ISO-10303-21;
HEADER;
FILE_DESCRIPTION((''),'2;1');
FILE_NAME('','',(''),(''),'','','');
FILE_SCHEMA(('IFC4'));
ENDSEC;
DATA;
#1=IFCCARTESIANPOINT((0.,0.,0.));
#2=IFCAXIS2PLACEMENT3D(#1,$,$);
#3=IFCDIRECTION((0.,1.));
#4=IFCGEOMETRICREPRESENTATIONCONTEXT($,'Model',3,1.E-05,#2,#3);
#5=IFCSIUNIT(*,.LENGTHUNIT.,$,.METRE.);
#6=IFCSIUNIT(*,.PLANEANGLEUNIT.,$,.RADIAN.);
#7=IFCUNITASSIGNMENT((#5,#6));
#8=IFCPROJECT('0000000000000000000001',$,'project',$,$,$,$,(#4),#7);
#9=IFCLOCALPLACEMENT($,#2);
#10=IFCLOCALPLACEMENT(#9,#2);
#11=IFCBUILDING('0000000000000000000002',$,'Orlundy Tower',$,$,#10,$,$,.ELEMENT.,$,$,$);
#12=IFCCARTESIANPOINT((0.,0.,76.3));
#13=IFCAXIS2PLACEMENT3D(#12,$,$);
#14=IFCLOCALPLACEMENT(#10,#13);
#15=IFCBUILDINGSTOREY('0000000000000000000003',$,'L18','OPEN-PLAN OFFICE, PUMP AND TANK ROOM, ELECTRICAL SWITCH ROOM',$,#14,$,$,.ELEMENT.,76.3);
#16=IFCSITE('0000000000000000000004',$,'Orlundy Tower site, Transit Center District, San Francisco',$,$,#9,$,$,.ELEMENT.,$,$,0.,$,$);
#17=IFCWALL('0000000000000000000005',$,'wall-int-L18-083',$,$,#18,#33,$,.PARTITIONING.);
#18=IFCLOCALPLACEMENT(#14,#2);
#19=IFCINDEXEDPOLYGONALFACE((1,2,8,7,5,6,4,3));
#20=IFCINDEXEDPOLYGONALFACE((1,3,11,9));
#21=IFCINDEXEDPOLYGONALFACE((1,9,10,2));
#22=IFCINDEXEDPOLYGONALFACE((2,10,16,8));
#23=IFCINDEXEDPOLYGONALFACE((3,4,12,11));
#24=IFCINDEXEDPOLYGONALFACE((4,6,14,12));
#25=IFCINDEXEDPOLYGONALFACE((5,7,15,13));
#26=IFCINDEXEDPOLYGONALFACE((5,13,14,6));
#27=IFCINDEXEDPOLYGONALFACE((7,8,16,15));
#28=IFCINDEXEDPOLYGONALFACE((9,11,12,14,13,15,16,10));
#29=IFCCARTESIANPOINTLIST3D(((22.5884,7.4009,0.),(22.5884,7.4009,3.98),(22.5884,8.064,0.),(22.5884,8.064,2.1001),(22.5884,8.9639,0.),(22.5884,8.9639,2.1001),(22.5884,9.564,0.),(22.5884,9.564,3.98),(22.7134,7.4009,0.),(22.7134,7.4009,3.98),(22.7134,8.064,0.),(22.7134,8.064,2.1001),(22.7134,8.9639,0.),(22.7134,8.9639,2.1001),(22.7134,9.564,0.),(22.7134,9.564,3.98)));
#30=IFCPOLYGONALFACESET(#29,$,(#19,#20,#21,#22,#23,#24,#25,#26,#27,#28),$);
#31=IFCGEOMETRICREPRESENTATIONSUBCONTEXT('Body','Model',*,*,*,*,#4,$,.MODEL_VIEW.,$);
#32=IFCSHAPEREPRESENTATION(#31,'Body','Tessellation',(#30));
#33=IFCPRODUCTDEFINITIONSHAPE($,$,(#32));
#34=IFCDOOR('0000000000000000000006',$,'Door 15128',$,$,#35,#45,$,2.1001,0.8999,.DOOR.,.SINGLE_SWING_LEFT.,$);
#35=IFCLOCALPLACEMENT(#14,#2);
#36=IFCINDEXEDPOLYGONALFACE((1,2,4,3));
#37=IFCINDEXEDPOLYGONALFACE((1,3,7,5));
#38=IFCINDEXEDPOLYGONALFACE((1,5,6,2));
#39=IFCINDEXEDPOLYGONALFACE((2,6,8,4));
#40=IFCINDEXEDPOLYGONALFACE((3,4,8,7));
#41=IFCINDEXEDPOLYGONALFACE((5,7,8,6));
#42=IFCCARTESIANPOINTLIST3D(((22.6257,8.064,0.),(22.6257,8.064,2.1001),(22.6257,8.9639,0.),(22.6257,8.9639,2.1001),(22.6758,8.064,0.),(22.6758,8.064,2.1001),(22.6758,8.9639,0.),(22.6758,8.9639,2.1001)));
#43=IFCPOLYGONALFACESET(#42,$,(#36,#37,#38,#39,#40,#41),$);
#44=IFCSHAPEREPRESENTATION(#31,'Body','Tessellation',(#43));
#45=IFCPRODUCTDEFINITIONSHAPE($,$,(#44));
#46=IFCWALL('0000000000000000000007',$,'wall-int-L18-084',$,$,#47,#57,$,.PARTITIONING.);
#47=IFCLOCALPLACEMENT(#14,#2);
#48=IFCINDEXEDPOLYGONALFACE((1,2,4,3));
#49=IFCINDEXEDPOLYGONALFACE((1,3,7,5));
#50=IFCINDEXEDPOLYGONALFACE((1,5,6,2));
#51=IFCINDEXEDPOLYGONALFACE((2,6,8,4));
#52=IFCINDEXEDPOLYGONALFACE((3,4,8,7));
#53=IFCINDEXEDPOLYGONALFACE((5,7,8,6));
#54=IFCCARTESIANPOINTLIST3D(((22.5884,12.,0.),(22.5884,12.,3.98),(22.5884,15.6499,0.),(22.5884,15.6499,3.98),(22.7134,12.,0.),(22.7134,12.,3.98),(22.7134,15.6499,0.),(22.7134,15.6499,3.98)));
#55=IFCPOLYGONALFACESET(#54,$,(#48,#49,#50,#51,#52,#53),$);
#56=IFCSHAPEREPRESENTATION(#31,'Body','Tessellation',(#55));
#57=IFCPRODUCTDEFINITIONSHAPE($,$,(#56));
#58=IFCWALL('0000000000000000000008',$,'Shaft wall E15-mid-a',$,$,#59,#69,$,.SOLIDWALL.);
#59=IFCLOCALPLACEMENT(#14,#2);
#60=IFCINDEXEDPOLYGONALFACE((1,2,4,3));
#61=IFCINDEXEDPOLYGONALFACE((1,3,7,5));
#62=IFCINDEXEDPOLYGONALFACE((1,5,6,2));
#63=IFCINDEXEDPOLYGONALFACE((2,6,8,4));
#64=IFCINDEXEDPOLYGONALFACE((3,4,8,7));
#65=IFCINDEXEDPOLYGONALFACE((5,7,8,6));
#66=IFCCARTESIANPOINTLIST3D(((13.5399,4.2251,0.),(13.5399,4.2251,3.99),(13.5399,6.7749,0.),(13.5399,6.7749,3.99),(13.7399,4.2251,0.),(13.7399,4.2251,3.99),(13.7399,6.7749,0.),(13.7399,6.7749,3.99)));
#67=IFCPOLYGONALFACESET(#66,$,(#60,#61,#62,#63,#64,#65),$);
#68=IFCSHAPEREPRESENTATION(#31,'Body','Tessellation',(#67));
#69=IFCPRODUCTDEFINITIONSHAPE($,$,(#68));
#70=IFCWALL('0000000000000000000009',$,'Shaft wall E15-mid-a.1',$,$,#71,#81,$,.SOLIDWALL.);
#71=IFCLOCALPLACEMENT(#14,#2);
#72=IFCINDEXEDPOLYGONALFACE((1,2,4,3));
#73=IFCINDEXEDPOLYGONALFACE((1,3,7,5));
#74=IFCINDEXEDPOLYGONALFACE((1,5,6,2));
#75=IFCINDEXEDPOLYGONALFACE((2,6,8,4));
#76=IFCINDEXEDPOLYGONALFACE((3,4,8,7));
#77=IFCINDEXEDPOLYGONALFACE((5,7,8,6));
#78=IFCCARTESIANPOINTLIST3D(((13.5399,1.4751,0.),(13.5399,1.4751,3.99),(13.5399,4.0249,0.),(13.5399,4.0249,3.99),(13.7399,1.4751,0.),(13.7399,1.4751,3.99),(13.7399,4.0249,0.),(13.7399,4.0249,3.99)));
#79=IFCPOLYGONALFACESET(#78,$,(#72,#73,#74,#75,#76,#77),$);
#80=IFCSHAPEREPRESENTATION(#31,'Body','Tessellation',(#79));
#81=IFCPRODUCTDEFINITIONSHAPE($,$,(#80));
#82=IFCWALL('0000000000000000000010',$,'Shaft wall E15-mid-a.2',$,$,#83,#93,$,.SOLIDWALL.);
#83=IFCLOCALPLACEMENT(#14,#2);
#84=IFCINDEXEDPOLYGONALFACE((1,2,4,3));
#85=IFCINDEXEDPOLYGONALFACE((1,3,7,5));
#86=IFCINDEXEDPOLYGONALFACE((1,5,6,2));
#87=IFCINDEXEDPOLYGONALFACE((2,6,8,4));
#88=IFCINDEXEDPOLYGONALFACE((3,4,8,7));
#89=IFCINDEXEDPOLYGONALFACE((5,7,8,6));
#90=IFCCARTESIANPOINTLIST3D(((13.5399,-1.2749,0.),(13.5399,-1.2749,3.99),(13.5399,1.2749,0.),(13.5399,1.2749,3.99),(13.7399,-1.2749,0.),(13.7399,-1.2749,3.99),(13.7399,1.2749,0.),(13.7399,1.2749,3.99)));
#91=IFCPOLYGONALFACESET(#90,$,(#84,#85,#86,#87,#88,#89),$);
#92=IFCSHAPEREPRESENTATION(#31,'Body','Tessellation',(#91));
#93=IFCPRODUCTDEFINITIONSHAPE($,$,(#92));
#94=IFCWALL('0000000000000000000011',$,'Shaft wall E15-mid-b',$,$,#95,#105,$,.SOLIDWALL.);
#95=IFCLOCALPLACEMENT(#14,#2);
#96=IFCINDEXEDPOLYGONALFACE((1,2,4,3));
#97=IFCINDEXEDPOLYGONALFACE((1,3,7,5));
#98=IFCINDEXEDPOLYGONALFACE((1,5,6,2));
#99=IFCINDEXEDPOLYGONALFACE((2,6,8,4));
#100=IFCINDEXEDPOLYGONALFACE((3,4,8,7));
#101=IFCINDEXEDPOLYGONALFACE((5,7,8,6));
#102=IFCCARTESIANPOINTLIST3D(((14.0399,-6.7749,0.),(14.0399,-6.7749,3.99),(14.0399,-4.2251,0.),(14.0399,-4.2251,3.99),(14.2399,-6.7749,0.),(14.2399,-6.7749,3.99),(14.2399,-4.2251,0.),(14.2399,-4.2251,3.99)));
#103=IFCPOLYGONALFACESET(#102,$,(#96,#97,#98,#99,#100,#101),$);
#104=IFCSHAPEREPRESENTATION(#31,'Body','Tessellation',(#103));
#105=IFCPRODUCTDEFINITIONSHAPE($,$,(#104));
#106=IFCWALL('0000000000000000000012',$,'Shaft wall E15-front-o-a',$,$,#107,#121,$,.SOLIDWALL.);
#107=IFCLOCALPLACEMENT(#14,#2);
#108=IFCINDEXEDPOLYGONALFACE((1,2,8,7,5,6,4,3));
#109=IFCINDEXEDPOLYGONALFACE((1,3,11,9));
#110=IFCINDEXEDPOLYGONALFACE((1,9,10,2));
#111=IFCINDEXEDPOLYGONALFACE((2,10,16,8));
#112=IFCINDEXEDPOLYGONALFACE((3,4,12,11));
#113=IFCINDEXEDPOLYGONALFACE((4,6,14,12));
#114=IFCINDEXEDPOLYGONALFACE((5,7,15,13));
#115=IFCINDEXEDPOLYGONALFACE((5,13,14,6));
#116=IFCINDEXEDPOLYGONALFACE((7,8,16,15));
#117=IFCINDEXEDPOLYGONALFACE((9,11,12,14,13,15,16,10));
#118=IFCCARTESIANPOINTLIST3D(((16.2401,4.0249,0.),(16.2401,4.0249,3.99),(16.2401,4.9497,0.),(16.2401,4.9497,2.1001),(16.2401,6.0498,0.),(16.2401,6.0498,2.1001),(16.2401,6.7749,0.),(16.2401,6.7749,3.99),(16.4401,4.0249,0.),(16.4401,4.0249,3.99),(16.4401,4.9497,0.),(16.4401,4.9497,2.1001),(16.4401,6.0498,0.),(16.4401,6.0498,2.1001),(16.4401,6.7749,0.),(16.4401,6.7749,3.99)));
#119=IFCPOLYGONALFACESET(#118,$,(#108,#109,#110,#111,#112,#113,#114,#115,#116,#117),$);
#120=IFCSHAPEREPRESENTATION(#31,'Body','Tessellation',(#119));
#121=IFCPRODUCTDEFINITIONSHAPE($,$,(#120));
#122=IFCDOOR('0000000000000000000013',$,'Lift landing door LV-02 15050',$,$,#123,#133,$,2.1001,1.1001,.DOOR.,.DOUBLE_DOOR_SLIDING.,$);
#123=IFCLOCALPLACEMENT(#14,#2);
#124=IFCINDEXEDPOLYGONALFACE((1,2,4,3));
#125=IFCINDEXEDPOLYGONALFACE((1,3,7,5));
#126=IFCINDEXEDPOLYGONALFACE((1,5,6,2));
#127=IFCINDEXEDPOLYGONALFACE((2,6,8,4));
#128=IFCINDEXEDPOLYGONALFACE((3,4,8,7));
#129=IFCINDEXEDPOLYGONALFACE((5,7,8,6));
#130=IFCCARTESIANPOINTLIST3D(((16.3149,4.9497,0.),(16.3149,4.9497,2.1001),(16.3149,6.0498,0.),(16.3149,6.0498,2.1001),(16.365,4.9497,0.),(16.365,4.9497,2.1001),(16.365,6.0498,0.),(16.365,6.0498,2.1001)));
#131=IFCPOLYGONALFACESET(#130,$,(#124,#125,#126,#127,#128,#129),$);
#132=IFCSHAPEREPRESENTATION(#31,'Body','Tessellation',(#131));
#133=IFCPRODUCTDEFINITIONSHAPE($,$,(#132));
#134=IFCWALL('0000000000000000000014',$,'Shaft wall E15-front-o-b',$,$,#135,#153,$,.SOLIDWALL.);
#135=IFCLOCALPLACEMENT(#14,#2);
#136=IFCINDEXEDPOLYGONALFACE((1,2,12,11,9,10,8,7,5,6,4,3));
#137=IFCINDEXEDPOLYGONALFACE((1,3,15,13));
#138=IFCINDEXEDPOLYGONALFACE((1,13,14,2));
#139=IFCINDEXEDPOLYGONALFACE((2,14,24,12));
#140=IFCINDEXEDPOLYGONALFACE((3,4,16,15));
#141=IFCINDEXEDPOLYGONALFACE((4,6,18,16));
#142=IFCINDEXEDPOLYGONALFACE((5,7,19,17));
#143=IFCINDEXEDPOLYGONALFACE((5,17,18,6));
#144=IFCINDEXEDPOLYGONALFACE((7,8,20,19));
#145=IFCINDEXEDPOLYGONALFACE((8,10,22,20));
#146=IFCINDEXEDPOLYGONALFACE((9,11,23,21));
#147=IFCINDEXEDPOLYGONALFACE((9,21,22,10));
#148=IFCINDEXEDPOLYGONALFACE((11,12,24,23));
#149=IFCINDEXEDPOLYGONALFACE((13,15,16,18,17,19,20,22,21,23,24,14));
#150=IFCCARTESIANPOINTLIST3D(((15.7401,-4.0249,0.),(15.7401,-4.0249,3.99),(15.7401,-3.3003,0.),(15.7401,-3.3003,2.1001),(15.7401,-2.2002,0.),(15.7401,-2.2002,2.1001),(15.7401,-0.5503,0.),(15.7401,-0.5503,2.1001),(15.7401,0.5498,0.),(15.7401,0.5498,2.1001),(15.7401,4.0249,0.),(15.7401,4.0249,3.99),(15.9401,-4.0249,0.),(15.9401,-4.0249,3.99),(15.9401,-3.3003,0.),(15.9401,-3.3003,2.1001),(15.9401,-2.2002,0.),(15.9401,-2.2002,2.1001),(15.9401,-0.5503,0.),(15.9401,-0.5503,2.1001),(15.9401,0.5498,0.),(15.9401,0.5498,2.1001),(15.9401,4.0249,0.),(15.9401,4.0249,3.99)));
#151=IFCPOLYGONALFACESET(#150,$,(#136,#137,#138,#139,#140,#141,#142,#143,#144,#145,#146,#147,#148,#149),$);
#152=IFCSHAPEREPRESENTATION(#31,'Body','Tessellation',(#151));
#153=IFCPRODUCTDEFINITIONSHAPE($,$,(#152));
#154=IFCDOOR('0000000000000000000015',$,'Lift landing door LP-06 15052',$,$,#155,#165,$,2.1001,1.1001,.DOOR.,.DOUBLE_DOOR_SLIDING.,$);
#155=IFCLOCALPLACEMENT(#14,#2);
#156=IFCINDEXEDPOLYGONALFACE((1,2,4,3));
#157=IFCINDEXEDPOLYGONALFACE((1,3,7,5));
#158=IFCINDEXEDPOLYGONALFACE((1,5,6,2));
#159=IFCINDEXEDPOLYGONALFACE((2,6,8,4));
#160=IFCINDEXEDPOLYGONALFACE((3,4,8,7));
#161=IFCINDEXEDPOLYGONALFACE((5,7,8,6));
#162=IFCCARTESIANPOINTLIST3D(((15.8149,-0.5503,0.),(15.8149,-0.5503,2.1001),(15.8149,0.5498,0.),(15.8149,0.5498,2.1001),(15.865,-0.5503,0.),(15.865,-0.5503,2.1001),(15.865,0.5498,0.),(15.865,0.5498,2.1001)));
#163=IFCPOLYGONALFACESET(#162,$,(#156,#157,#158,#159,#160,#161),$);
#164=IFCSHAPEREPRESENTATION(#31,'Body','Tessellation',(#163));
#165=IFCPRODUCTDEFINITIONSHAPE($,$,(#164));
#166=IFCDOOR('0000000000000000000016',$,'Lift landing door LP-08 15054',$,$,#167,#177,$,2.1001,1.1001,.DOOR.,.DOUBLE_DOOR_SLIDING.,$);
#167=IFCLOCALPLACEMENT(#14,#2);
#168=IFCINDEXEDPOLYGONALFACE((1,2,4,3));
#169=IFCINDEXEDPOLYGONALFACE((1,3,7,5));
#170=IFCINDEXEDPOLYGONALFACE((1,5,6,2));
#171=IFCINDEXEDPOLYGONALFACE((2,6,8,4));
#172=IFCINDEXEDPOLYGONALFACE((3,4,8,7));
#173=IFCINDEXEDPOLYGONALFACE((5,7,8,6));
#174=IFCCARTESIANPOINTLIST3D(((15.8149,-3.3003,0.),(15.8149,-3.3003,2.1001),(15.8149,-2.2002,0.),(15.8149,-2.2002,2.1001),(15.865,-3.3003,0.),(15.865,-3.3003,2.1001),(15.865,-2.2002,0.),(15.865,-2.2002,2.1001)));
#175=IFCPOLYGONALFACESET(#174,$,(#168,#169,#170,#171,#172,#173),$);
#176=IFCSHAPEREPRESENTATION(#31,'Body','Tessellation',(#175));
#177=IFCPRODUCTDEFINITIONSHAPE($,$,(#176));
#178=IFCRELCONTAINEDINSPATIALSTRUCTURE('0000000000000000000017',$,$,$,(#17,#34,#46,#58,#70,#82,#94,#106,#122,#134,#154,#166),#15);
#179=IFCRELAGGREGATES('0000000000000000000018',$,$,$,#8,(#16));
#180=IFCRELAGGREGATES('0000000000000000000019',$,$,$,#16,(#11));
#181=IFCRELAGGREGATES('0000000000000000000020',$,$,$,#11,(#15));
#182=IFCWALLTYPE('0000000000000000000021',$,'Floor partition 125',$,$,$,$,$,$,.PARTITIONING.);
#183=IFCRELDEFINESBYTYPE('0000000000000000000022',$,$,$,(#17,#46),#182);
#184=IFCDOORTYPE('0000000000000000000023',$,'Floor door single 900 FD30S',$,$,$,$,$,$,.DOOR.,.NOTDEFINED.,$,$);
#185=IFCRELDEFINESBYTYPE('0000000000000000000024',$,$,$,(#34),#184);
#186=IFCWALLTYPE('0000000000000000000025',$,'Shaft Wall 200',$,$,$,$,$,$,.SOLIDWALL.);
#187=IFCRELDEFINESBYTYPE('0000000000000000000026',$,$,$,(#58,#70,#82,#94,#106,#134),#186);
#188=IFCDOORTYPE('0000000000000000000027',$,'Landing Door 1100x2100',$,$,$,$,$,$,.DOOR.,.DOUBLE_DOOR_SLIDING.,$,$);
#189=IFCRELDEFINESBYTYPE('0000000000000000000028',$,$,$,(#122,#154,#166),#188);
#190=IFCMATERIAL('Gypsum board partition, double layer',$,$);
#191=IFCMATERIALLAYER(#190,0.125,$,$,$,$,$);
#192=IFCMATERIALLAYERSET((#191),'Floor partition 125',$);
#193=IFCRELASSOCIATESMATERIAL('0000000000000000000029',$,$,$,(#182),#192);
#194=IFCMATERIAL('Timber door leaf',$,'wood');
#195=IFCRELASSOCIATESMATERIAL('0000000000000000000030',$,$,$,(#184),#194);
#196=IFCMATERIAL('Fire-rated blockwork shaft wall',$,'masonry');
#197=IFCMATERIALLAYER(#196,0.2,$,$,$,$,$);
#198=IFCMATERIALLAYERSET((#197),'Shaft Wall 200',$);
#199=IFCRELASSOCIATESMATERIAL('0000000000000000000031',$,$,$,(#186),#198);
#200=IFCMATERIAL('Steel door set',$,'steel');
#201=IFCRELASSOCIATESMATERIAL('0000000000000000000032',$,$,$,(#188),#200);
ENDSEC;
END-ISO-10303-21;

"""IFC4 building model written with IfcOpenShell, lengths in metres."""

from ifc_helpers import new_model, si_unit, direction, frame, frame_2d, origin, place, context, subcontext, project, spatial, rectangle, extrude, material, layer, layer_set, type_object, element, fill, save


model = new_model("IFC4")

# Units and contexts
model_context = context("Model", 3, precision=1e-05, world=origin(), true_north=direction((0.0, 1.0)))
body_context = subcontext(model_context, "Body", "Model", "MODEL_VIEW")
ifc_project = project(units=[si_unit("LENGTHUNIT", "METRE"), si_unit("PLANEANGLEUNIT", "RADIAN")], contexts=[model_context])

# Site, building, storey
site_placement = place(None, origin())
site = spatial("IfcSite", under=ifc_project, at=site_placement, Name="Orlundy Tower site, Transit Center District, San Francisco", CompositionType="ELEMENT", RefElevation=0.0)
building_placement = place(site_placement, origin())
building = spatial("IfcBuilding", under=site, at=building_placement, Name="Orlundy Tower", CompositionType="ELEMENT")
storey_placement = place(building_placement, frame((0.0, 0.0, 76.3)))
storey = spatial("IfcBuildingStorey", under=building, at=storey_placement, Name="L18", Description="OPEN-PLAN OFFICE, PUMP AND TANK ROOM, ELECTRICAL SWITCH ROOM", CompositionType="ELEMENT", Elevation=76.3)

# Wall, opening, door
ifc_material_1 = material(Name="Gypsum board partition, double layer")
ifc_layer_1 = layer(ifc_material_1, 0.125)
ifc_layer_set_1 = layer_set([ifc_layer_1], Name="Floor partition 125")
wall_type_1 = type_object("IfcWallType", Name="Floor partition 125", PredefinedType="PARTITIONING", material=ifc_layer_set_1)
wall_1_placement = place(storey_placement, frame((22.6509, 9.564, 0.0), z_axis=(0.0, 0.0, 1.0), x_axis=(0.0, -1.0, 0.0)))
wall_1 = element("IfcWall", 1, at=wall_1_placement, inside=storey, type_object=wall_type_1, Name="wall-int-L18-083", PredefinedType="PARTITIONING", context=body_context, shape_type="SweptSolid", body=[
    extrude(rectangle(XDim=2.1631, YDim=0.125, at=frame_2d((1.0815, 0.0))), origin(), (0.0, 0.0, 1.0), 3.98),
])
opening_1_placement = place(wall_1_placement, frame((0.6001, 0.0, 0.0)))
opening_1 = element("IfcOpeningElement", 2, at=opening_1_placement, cuts=wall_1, PredefinedType="OPENING", context=body_context, shape_type="SweptSolid", body=[
    extrude(rectangle(XDim=0.8999, YDim=2.1001, at=frame_2d((0.45, 1.05))), frame((0.0, 0.0725, 0.0), z_axis=(0.0, -1.0, 0.0), x_axis=(1.0, 0.0, 0.0)), (0.0, 0.0, 1.0), 0.145),
])
ifc_material_2 = material(Name="Timber door leaf", Category="wood")
door_type_1 = type_object("IfcDoorType", Name="Floor door single 900 FD30S", OperationType="NOTDEFINED", PredefinedType="DOOR", material=ifc_material_2)
door_1_placement = place(opening_1_placement, origin())
door_1 = element("IfcDoor", 3, at=door_1_placement, inside=storey, type_object=door_type_1, Name="Door 15128", OperationType="SINGLE_SWING_LEFT", OverallHeight=2.1001, OverallWidth=0.8999, PredefinedType="DOOR", context=body_context, shape_type="SweptSolid", body=[
    extrude(rectangle(XDim=0.8999, YDim=2.1001, at=frame_2d((0.45, 1.05))), frame((0.0, 0.0249, 0.0), z_axis=(0.0, -1.0, 0.0), x_axis=(1.0, 0.0, 0.0)), (0.0, 0.0, 1.0), 0.05),
])
fill(opening_1, door_1)

# Walls
wall_2_placement = place(storey_placement, frame((22.6509, 12.0, 0.0), z_axis=(0.0, 0.0, 1.0), x_axis=(0.0, 1.0, 0.0)))
element("IfcWall", 4, at=wall_2_placement, inside=storey, type_object=wall_type_1, Name="wall-int-L18-084", PredefinedType="PARTITIONING", context=body_context, shape_type="SweptSolid", body=[
    extrude(rectangle(XDim=3.6499, YDim=0.125, at=frame_2d((1.825, 0.0))), origin(), (0.0, 0.0, 1.0), 3.98),
])
ifc_material_3 = material(Name="Fire-rated blockwork shaft wall", Category="masonry")
ifc_layer_2 = layer(ifc_material_3, 0.2)
ifc_layer_set_2 = layer_set([ifc_layer_2], Name="Shaft Wall 200")
wall_type_2 = type_object("IfcWallType", Name="Shaft Wall 200", PredefinedType="SOLIDWALL", material=ifc_layer_set_2)
for number, where, z_axis, x_axis, name in (
    (5, (13.6399, 6.7749, 0.0), (0.0, 0.0, 1.0), (0.0, -1.0, 0.0), "Shaft wall E15-mid-a"),
    (6, (13.6399, 4.0249, 0.0), (0.0, 0.0, 1.0), (0.0, -1.0, 0.0), "Shaft wall E15-mid-a.1"),
    (7, (13.6399, 1.2749, 0.0), (0.0, 0.0, 1.0), (0.0, -1.0, 0.0), "Shaft wall E15-mid-a.2"),
    (8, (14.1399, -4.2251, 0.0), (0.0, 0.0, 1.0), (0.0, -1.0, 0.0), "Shaft wall E15-mid-b"),
):
    element("IfcWall", number, at=place(storey_placement, frame(where, z_axis=z_axis, x_axis=x_axis)), inside=storey, type_object=wall_type_2, Name=name, PredefinedType="SOLIDWALL", context=body_context, shape_type="SweptSolid", body=[
        extrude(rectangle(XDim=2.5498, YDim=0.2, at=frame_2d((1.2749, 0.0))), origin(), (0.0, 0.0, 1.0), 3.99),
    ])

# Wall, opening, door
wall_3_placement = place(storey_placement, frame((16.3401, 6.7749, 0.0), z_axis=(0.0, 0.0, 1.0), x_axis=(0.0, -1.0, 0.0)))
wall_3 = element("IfcWall", 9, at=wall_3_placement, inside=storey, type_object=wall_type_2, Name="Shaft wall E15-front-o-a", PredefinedType="SOLIDWALL", context=body_context, shape_type="SweptSolid", body=[
    extrude(rectangle(XDim=2.75, YDim=0.2, at=frame_2d((1.375, 0.0))), origin(), (0.0, 0.0, 1.0), 3.99),
])
opening_2_placement = place(wall_3_placement, frame((0.7251, 0.0, 0.0)))
opening_2 = element("IfcOpeningElement", 10, at=opening_2_placement, cuts=wall_3, PredefinedType="OPENING", context=body_context, shape_type="SweptSolid", body=[
    extrude(rectangle(XDim=1.1001, YDim=2.1001, at=frame_2d((0.55, 1.05))), frame((0.0, 0.1101, 0.0), z_axis=(0.0, -1.0, 0.0), x_axis=(1.0, 0.0, 0.0)), (0.0, 0.0, 1.0), 0.2202),
])
ifc_material_4 = material(Name="Steel door set", Category="steel")
door_type_2 = type_object("IfcDoorType", Name="Landing Door 1100x2100", OperationType="DOUBLE_DOOR_SLIDING", PredefinedType="DOOR", material=ifc_material_4)
door_2_placement = place(opening_2_placement, origin())
door_2 = element("IfcDoor", 11, at=door_2_placement, inside=storey, type_object=door_type_2, Name="Lift landing door LV-02 15050", OperationType="DOUBLE_DOOR_SLIDING", OverallHeight=2.1001, OverallWidth=1.1001, PredefinedType="DOOR", context=body_context, shape_type="SweptSolid", body=[
    extrude(rectangle(XDim=1.1001, YDim=2.1001, at=frame_2d((0.55, 1.05))), frame((0.0, 0.0249, 0.0), z_axis=(0.0, -1.0, 0.0), x_axis=(1.0, 0.0, 0.0)), (0.0, 0.0, 1.0), 0.05),
])
fill(opening_2, door_2)

# Wall, openings, doors
wall_4_placement = place(storey_placement, frame((15.8401, 4.0249, 0.0), z_axis=(0.0, 0.0, 1.0), x_axis=(0.0, -1.0, 0.0)))
wall_4 = element("IfcWall", 12, at=wall_4_placement, inside=storey, type_object=wall_type_2, Name="Shaft wall E15-front-o-b", PredefinedType="SOLIDWALL", context=body_context, shape_type="SweptSolid", body=[
    extrude(rectangle(XDim=8.0498, YDim=0.2, at=frame_2d((4.0249, 0.0))), origin(), (0.0, 0.0, 1.0), 3.99),
])
opening_3_placement = place(wall_4_placement, frame((3.4751, 0.0, 0.0)))
opening_3 = element("IfcOpeningElement", 13, at=opening_3_placement, cuts=wall_4, PredefinedType="OPENING", context=body_context, shape_type="SweptSolid", body=[
    extrude(rectangle(XDim=1.1001, YDim=2.1001, at=frame_2d((0.55, 1.05))), frame((0.0, 0.1101, 0.0), z_axis=(0.0, -1.0, 0.0), x_axis=(1.0, 0.0, 0.0)), (0.0, 0.0, 1.0), 0.2202),
])
opening_4_placement = place(wall_4_placement, frame((6.2251, 0.0, 0.0)))
opening_4 = element("IfcOpeningElement", 14, at=opening_4_placement, cuts=wall_4, PredefinedType="OPENING", context=body_context, shape_type="SweptSolid", body=[
    extrude(rectangle(XDim=1.1001, YDim=2.1001, at=frame_2d((0.55, 1.05))), frame((0.0, 0.1101, 0.0), z_axis=(0.0, -1.0, 0.0), x_axis=(1.0, 0.0, 0.0)), (0.0, 0.0, 1.0), 0.2202),
])
door_3_placement = place(opening_3_placement, origin())
door_3 = element("IfcDoor", 15, at=door_3_placement, inside=storey, type_object=door_type_2, Name="Lift landing door LP-06 15052", OperationType="DOUBLE_DOOR_SLIDING", OverallHeight=2.1001, OverallWidth=1.1001, PredefinedType="DOOR", context=body_context, shape_type="SweptSolid", body=[
    extrude(rectangle(XDim=1.1001, YDim=2.1001, at=frame_2d((0.55, 1.05))), frame((0.0, 0.0249, 0.0), z_axis=(0.0, -1.0, 0.0), x_axis=(1.0, 0.0, 0.0)), (0.0, 0.0, 1.0), 0.05),
])
fill(opening_3, door_3)
door_4_placement = place(opening_4_placement, origin())
door_4 = element("IfcDoor", 16, at=door_4_placement, inside=storey, type_object=door_type_2, Name="Lift landing door LP-08 15054", OperationType="DOUBLE_DOOR_SLIDING", OverallHeight=2.1001, OverallWidth=1.1001, PredefinedType="DOOR", context=body_context, shape_type="SweptSolid", body=[
    extrude(rectangle(XDim=1.1001, YDim=2.1001, at=frame_2d((0.55, 1.05))), frame((0.0, 0.0249, 0.0), z_axis=(0.0, -1.0, 0.0), x_axis=(1.0, 0.0, 0.0)), (0.0, 0.0, 1.0), 0.05),
])
fill(opening_4, door_4)

save(model, "model.ifc")
